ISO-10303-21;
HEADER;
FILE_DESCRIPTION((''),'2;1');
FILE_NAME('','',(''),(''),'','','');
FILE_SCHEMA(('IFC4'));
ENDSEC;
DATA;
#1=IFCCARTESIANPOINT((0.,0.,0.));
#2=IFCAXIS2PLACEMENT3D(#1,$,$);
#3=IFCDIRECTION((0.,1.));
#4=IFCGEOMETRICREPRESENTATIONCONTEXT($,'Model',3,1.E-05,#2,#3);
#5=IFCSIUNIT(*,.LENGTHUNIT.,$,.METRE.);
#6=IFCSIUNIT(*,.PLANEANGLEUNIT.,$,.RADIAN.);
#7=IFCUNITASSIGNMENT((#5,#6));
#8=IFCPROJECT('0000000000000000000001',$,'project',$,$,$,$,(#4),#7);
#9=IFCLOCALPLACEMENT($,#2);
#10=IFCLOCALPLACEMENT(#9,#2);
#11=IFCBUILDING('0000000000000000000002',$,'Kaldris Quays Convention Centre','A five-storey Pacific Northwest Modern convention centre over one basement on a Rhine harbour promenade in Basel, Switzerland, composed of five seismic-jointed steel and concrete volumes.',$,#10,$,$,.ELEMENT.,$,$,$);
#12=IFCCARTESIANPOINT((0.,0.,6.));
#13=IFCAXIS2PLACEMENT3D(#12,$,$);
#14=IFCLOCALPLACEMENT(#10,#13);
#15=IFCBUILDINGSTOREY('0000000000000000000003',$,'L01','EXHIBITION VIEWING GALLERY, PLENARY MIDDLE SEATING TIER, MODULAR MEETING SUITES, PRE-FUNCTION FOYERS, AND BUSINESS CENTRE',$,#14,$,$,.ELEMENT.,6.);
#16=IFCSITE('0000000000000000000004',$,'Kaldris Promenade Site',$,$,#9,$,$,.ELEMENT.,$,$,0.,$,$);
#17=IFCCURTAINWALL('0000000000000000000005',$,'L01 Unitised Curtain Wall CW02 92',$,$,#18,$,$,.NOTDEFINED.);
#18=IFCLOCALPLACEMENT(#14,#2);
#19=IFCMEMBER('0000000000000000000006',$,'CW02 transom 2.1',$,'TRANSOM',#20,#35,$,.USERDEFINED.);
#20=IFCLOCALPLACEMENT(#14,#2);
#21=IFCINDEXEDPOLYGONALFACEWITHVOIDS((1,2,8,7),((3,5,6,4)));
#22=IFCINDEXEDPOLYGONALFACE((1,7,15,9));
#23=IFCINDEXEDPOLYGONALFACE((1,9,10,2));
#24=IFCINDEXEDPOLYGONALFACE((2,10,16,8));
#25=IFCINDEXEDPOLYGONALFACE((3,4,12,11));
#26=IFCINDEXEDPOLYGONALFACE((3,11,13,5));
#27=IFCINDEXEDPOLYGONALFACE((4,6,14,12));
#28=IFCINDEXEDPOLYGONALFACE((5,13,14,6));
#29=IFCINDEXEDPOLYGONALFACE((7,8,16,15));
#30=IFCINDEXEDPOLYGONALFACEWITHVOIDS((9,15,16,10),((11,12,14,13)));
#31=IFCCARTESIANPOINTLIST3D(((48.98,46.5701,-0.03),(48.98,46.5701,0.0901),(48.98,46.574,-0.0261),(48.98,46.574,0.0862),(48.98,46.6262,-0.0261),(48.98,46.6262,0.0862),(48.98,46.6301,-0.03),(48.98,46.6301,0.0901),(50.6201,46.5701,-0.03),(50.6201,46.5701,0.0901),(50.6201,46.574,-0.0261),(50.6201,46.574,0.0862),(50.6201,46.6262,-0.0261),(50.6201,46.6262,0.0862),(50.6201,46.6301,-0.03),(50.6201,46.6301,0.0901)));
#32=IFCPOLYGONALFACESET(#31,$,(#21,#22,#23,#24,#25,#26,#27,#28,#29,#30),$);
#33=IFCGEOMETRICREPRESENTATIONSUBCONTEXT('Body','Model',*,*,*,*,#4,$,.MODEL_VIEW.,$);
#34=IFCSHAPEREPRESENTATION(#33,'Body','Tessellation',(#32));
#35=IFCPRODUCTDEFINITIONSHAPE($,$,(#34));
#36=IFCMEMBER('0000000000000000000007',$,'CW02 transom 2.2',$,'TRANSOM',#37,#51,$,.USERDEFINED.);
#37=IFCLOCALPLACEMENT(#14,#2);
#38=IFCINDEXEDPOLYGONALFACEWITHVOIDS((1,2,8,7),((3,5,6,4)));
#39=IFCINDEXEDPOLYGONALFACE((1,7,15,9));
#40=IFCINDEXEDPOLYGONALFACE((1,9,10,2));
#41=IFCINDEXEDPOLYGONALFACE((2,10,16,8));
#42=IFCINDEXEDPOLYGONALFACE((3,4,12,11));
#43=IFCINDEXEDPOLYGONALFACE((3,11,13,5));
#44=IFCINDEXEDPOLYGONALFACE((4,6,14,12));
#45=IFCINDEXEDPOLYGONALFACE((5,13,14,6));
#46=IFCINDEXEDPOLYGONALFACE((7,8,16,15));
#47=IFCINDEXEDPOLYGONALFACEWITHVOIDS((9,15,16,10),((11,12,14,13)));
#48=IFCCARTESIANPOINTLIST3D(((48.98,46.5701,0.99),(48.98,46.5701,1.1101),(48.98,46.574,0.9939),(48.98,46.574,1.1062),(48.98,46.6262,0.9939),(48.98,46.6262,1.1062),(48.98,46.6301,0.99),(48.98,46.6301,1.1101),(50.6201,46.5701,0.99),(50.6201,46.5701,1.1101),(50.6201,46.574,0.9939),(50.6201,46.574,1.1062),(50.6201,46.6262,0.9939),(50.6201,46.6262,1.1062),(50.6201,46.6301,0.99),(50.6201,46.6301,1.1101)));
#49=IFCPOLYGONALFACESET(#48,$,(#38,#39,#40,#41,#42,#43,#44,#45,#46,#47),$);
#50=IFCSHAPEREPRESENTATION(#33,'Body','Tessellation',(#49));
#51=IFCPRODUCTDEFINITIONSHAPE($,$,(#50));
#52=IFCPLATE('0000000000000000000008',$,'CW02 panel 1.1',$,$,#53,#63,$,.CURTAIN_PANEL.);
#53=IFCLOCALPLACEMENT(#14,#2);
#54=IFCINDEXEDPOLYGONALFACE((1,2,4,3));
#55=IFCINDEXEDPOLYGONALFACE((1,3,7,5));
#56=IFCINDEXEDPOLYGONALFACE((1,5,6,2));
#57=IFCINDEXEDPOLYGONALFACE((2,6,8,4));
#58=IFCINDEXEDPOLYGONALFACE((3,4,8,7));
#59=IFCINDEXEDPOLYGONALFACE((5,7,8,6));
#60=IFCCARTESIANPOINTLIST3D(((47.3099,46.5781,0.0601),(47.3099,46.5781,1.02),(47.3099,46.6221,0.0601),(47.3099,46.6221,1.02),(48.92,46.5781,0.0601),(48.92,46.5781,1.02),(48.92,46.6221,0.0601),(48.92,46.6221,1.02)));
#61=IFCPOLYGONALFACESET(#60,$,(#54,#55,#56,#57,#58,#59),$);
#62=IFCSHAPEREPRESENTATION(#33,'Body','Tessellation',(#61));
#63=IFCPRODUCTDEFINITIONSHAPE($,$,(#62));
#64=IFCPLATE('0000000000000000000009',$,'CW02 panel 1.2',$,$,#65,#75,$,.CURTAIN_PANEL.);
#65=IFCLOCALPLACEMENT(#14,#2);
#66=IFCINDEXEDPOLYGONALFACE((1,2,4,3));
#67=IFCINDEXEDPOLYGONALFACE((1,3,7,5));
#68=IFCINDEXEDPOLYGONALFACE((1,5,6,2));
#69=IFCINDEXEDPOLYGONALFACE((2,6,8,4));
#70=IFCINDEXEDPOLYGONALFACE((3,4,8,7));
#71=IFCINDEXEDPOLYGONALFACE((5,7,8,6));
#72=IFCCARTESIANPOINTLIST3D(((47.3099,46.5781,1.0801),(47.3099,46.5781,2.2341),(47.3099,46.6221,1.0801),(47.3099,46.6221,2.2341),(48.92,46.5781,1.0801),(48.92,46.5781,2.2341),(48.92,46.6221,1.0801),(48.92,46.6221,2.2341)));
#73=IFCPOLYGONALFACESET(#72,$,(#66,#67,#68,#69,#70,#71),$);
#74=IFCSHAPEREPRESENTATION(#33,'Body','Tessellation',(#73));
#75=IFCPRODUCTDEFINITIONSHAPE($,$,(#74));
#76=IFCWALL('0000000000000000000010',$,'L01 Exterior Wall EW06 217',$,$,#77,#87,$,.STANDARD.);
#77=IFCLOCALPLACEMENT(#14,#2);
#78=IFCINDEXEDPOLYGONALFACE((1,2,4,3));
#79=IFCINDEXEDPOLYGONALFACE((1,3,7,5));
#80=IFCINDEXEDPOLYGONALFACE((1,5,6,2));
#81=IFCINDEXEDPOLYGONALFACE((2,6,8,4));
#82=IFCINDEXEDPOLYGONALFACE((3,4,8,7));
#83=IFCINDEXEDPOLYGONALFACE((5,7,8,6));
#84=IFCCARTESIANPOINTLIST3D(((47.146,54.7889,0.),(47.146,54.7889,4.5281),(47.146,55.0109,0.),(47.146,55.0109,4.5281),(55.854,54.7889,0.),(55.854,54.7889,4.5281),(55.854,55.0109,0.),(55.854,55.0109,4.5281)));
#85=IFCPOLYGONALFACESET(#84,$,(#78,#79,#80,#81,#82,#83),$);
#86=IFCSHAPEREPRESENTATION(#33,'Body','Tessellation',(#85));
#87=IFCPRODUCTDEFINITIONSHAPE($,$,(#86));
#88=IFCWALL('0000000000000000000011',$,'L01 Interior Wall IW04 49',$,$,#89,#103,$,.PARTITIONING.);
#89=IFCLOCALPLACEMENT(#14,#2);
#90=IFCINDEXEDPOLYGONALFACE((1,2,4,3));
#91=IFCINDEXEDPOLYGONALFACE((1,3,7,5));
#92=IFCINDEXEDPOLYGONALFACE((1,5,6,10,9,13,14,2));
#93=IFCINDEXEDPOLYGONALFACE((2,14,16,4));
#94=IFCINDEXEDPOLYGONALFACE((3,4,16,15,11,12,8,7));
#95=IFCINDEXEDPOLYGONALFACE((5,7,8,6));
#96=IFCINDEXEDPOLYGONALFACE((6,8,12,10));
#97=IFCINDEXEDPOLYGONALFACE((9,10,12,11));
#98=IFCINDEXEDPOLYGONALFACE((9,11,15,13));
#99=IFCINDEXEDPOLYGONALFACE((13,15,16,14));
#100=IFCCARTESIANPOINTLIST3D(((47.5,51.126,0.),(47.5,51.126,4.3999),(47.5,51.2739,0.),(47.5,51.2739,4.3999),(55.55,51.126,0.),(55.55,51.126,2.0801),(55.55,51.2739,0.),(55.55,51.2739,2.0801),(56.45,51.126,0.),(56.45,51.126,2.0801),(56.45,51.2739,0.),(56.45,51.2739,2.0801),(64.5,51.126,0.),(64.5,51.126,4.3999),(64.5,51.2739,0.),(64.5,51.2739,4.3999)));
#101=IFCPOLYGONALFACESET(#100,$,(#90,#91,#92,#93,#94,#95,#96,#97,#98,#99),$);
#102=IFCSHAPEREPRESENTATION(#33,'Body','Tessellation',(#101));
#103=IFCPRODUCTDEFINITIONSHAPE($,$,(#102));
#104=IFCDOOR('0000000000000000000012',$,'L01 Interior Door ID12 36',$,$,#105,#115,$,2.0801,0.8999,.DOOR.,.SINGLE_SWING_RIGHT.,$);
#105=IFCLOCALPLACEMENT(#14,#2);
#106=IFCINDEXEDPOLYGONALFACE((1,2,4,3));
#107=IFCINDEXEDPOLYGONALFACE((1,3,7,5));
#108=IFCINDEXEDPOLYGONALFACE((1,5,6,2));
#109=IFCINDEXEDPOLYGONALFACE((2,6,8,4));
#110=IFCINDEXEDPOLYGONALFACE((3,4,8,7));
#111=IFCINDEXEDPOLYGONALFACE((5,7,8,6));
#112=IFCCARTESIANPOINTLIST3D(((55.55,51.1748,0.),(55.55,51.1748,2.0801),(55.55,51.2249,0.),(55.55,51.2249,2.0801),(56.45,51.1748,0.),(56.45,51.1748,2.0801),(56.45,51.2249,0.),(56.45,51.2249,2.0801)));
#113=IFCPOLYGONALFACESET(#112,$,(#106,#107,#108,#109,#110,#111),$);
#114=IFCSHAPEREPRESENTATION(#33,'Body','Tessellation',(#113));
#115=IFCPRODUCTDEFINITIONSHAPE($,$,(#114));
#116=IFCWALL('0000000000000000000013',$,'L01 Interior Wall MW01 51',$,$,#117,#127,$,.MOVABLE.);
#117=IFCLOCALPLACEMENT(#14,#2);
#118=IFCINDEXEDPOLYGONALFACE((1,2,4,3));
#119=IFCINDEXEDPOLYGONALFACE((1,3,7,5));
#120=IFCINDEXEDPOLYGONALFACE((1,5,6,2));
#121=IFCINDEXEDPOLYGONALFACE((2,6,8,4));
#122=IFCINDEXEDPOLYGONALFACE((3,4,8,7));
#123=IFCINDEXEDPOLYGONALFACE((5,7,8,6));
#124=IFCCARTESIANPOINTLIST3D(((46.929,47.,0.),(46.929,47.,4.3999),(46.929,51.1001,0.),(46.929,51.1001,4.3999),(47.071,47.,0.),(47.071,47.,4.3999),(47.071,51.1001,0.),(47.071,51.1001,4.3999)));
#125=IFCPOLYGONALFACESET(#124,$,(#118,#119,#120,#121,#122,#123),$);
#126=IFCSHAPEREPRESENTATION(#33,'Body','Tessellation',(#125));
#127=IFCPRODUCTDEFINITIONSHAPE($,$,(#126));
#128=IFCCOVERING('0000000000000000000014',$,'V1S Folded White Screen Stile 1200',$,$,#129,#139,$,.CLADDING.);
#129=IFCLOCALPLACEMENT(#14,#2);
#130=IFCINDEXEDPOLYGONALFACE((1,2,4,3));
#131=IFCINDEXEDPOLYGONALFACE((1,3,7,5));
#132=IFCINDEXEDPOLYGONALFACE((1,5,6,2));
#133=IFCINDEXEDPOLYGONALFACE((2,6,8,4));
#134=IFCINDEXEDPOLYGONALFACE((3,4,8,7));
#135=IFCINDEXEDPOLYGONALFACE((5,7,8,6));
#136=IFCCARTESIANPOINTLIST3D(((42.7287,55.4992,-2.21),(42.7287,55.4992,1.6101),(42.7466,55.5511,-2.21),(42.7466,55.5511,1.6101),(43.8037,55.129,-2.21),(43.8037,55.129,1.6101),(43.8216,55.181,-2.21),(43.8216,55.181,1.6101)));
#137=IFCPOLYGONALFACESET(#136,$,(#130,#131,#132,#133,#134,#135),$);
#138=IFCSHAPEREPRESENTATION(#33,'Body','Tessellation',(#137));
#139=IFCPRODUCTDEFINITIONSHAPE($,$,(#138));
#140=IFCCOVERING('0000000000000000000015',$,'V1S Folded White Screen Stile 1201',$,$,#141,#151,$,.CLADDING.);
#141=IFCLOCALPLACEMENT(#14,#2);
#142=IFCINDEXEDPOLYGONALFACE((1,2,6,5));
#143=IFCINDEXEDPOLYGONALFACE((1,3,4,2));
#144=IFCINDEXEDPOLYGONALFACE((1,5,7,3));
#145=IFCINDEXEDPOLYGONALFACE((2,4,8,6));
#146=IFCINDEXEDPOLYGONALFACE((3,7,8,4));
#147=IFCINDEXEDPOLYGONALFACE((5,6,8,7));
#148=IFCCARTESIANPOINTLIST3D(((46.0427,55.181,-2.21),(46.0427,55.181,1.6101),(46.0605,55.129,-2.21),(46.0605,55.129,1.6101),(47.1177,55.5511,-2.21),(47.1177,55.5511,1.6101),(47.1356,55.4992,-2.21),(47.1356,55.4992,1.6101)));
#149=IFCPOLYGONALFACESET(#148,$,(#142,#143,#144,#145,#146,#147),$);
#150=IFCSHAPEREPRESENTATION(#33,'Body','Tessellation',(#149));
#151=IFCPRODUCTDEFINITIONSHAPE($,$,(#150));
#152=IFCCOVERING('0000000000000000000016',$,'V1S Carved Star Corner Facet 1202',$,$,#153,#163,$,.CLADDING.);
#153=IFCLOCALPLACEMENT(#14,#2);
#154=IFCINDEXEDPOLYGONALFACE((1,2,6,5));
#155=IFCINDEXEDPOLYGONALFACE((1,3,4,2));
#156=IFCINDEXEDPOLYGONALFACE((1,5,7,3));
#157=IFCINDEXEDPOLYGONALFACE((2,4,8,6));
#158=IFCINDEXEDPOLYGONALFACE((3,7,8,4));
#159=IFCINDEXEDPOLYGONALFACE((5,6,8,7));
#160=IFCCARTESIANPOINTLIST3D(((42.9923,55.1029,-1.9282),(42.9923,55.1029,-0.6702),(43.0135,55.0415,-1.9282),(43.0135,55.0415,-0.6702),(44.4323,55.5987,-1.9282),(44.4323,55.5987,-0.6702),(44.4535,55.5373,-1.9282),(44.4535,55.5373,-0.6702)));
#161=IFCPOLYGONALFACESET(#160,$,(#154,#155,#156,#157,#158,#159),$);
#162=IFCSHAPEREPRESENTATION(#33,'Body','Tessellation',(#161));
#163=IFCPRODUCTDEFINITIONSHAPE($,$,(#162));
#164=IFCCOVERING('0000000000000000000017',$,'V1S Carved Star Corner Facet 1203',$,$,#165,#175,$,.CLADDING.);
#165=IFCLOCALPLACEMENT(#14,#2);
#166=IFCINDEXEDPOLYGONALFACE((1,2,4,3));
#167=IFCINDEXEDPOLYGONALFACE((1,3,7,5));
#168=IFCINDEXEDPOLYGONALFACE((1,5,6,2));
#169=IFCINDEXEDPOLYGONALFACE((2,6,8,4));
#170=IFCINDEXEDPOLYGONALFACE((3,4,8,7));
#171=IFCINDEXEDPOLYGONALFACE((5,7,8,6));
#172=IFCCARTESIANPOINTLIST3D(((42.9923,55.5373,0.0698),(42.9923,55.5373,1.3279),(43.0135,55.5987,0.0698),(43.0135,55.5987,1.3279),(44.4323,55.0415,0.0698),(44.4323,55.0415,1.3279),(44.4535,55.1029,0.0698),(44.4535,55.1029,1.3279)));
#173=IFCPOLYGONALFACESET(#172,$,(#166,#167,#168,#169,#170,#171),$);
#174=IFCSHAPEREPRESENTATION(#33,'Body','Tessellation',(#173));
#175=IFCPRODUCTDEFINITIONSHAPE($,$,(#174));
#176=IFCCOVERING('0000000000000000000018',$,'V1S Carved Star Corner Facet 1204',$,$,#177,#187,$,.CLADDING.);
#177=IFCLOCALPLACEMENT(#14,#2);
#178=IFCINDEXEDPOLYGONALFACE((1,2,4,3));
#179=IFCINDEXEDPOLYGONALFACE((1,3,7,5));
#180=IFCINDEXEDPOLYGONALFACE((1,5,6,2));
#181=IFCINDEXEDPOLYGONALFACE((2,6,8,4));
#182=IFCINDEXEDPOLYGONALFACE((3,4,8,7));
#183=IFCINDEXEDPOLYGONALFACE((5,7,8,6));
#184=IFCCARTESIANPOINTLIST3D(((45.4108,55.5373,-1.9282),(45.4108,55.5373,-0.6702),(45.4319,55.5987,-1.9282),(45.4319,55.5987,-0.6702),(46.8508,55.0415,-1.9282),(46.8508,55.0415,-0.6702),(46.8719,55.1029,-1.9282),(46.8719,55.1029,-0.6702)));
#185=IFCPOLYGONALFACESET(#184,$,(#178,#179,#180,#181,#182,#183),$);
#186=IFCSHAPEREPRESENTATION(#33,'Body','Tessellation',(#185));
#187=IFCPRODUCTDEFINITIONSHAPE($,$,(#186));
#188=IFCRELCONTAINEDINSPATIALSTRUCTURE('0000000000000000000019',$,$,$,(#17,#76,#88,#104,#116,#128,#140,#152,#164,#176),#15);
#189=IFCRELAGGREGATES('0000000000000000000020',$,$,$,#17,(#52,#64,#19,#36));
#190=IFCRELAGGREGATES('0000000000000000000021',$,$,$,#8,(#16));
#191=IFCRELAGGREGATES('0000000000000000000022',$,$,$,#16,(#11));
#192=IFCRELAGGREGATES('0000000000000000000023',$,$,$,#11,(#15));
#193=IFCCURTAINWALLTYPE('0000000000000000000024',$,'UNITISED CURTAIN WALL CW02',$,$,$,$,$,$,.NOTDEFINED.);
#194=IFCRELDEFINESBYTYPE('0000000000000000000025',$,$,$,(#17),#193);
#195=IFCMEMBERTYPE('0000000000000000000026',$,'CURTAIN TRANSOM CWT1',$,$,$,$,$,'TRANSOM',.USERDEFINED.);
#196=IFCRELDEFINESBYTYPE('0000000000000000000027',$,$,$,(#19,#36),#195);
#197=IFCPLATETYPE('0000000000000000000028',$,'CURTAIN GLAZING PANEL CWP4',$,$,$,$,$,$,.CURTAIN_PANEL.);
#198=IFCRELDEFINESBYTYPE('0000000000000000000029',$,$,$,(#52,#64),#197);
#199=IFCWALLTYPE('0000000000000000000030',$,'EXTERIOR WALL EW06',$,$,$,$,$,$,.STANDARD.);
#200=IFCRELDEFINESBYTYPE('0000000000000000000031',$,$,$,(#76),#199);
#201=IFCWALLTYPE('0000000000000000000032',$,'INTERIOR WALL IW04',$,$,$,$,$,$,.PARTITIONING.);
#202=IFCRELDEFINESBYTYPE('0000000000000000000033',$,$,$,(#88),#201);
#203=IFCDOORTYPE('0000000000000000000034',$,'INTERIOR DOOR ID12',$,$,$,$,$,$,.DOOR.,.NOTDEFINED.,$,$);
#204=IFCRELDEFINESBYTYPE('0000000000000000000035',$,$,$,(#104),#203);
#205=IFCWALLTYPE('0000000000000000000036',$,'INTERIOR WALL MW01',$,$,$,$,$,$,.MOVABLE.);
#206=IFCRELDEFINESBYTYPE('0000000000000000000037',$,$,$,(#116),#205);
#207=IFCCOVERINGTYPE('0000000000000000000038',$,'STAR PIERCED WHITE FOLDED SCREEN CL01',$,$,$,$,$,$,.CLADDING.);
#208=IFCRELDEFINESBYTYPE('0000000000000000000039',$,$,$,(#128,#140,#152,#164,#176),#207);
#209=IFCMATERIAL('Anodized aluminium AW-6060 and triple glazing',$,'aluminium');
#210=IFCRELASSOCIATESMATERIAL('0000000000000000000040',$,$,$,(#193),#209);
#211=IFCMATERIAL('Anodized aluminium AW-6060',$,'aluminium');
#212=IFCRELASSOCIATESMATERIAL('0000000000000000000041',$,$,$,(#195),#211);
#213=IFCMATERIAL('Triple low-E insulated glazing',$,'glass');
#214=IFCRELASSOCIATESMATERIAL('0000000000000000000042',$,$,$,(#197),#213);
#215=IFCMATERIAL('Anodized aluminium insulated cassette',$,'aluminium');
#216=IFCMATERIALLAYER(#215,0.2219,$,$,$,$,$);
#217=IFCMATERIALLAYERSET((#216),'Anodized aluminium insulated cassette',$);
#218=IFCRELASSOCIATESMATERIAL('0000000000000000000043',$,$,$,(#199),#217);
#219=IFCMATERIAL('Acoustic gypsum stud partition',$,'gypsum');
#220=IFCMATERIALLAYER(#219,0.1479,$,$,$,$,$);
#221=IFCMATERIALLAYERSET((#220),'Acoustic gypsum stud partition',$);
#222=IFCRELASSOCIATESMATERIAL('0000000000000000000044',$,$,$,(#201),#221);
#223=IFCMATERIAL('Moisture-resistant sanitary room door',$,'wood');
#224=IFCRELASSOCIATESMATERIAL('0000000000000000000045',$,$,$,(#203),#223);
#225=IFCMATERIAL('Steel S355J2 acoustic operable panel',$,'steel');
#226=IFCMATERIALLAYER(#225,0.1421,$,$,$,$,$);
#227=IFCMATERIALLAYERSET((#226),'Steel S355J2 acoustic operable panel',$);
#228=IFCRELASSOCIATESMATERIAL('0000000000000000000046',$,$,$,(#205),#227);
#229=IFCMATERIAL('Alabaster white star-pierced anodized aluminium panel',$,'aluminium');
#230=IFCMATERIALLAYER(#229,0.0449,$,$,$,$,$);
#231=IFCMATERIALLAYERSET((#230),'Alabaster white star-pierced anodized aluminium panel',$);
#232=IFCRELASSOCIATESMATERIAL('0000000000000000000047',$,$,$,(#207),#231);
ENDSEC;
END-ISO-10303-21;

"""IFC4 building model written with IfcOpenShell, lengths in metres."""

from ifc_helpers import new_model, si_unit, direction, frame, frame_2d, origin, origin_2d, place, context, subcontext, project, spatial, rectangle, hollow_rectangle, extrude, material, layer, layer_set, material_profile, profile_set, type_object, element, fill, aggregate, save


model = new_model("IFC4")

# Units and contexts
model_context = context("Model", 3, precision=1e-05, world=origin(), true_north=direction((0.0, 1.0)))
body_context = subcontext(model_context, "Body", "Model", "MODEL_VIEW")
ifc_project = project(units=[si_unit("LENGTHUNIT", "METRE"), si_unit("PLANEANGLEUNIT", "RADIAN")], contexts=[model_context])

# Site, building, storey
site_placement = place(None, origin())
site = spatial("IfcSite", under=ifc_project, at=site_placement, Name="Kaldris Promenade Site", CompositionType="ELEMENT", RefElevation=0.0)
building_placement = place(site_placement, origin())
building = spatial("IfcBuilding", under=site, at=building_placement, Name="Kaldris Quays Convention Centre", Description="A five-storey Pacific Northwest Modern convention centre over one basement on a Rhine harbour promenade in Basel, Switzerland, composed of five seismic-jointed steel and concrete volumes.", CompositionType="ELEMENT")
storey_placement = place(building_placement, frame((0.0, 0.0, 6.0)))
storey = spatial("IfcBuildingStorey", under=building, at=storey_placement, Name="L01", Description="EXHIBITION VIEWING GALLERY, PLENARY MIDDLE SEATING TIER, MODULAR MEETING SUITES, PRE-FUNCTION FOYERS, AND BUSINESS CENTRE", CompositionType="ELEMENT", Elevation=6.0)

# Shared definitions
ifc_material_1 = material(Name="Anodized aluminium AW-6060 and triple glazing", Category="aluminium")
curtain_wall_type = type_object("IfcCurtainWallType", Name="UNITISED CURTAIN WALL CW02", PredefinedType="NOTDEFINED", material=ifc_material_1)
ifc_material_2 = material(Name="Anodized aluminium AW-6060", Category="aluminium")

# Curtain wall, members, plates
curtain_wall_1_placement = place(storey_placement, origin())
curtain_wall_1 = element("IfcCurtainWall", 1, at=curtain_wall_1_placement, inside=storey, type_object=curtain_wall_type, Name="L01 Unitised Curtain Wall CW02 92", PredefinedType="NOTDEFINED")
ifc_material_profile_1 = material_profile(ifc_material_2, hollow_rectangle(XDim=0.0601, YDim=0.1201, WallThickness=0.0039, at=origin_2d()), Name="RHS 120x60x4")
ifc_profile_set_1 = profile_set([ifc_material_profile_1], Name="Anodized aluminium AW-6060")
member_type_1 = type_object("IfcMemberType", Name="CURTAIN TRANSOM CWT1", ElementType="TRANSOM", PredefinedType="USERDEFINED", material=ifc_profile_set_1)
member_1_placement = place(storey_placement, frame((48.98, 46.6001, 0.03), z_axis=(1.0, 0.0, 0.0), x_axis=(0.0, 1.0, 0.0)))
member_1 = element("IfcMember", 2, at=member_1_placement, type_object=member_type_1, Name="CW02 transom 2.1", ObjectType="TRANSOM", PredefinedType="USERDEFINED", context=body_context, shape_type="SweptSolid", body=[
    extrude(hollow_rectangle(XDim=0.0601, YDim=0.1201, WallThickness=0.0039, at=origin_2d()), origin(), (0.0, 0.0, 1.0), 1.6401),
])
member_2_placement = place(storey_placement, frame((48.98, 46.6001, 1.05), z_axis=(1.0, 0.0, 0.0), x_axis=(0.0, 1.0, 0.0)))
member_2 = element("IfcMember", 3, at=member_2_placement, type_object=member_type_1, Name="CW02 transom 2.2", ObjectType="TRANSOM", PredefinedType="USERDEFINED", context=body_context, shape_type="SweptSolid", body=[
    extrude(hollow_rectangle(XDim=0.0601, YDim=0.1201, WallThickness=0.0039, at=origin_2d()), origin(), (0.0, 0.0, 1.0), 1.6401),
])
ifc_material_3 = material(Name="Triple low-E insulated glazing", Category="glass")
plate_type = type_object("IfcPlateType", Name="CURTAIN GLAZING PANEL CWP4", PredefinedType="CURTAIN_PANEL", material=ifc_material_3)
plate_1_placement = place(storey_placement, frame((48.115, 46.6001, 0.0601), z_axis=(0.0, 0.0, 1.0), x_axis=(1.0, 0.0, 0.0)))
plate_1 = element("IfcPlate", 4, at=plate_1_placement, type_object=plate_type, Name="CW02 panel 1.1", PredefinedType="CURTAIN_PANEL", context=body_context, shape_type="SweptSolid", body=[
    extrude(rectangle(XDim=1.6101, YDim=0.0439, at=origin_2d()), origin(), (0.0, 0.0, 1.0), 0.96),
])
plate_2_placement = place(storey_placement, frame((48.115, 46.6001, 1.0801), z_axis=(0.0, 0.0, 1.0), x_axis=(1.0, 0.0, 0.0)))
plate_2 = element("IfcPlate", 5, at=plate_2_placement, type_object=plate_type, Name="CW02 panel 1.2", PredefinedType="CURTAIN_PANEL", context=body_context, shape_type="SweptSolid", body=[
    extrude(rectangle(XDim=1.6101, YDim=0.0439, at=origin_2d()), origin(), (0.0, 0.0, 1.0), 1.1541),
])
aggregate(curtain_wall_1, [plate_1, plate_2, member_1, member_2])

# Wall
ifc_material_4 = material(Name="Anodized aluminium insulated cassette", Category="aluminium")
ifc_layer_1 = layer(ifc_material_4, 0.2219)
ifc_layer_set_1 = layer_set([ifc_layer_1], Name="Anodized aluminium insulated cassette")
wall_type_1 = type_object("IfcWallType", Name="EXTERIOR WALL EW06", PredefinedType="STANDARD", material=ifc_layer_set_1)
wall_1_placement = place(storey_placement, frame((47.146, 54.8999, 0.0), z_axis=(0.0, 0.0, 1.0), x_axis=(1.0, 0.0, 0.0)))
element("IfcWall", 6, at=wall_1_placement, inside=storey, type_object=wall_type_1, Name="L01 Exterior Wall EW06 217", PredefinedType="STANDARD", context=body_context, shape_type="SweptSolid", body=[
    extrude(rectangle(XDim=8.708, YDim=0.2219, at=frame_2d((4.354, 0.0))), origin(), (0.0, 0.0, 1.0), 4.5281),
])

# Wall, opening, door
ifc_material_5 = material(Name="Acoustic gypsum stud partition", Category="gypsum")
ifc_layer_2 = layer(ifc_material_5, 0.1479)
ifc_layer_set_2 = layer_set([ifc_layer_2], Name="Acoustic gypsum stud partition")
wall_type_2 = type_object("IfcWallType", Name="INTERIOR WALL IW04", PredefinedType="PARTITIONING", material=ifc_layer_set_2)
wall_2_placement = place(storey_placement, frame((47.5, 51.2, 0.0), z_axis=(0.0, 0.0, 1.0), x_axis=(1.0, 0.0, 0.0)))
wall_2 = element("IfcWall", 7, at=wall_2_placement, inside=storey, type_object=wall_type_2, Name="L01 Interior Wall IW04 49", PredefinedType="PARTITIONING", context=body_context, shape_type="SweptSolid", body=[
    extrude(rectangle(XDim=17.0, YDim=0.1479, at=frame_2d((8.5, 0.0))), origin(), (0.0, 0.0, 1.0), 4.3999),
])
opening_placement = place(wall_2_placement, frame((8.05, 0.0, 0.0)))
opening = element("IfcOpeningElement", 8, at=opening_placement, cuts=wall_2, PredefinedType="OPENING", context=body_context, shape_type="SweptSolid", body=[
    extrude(rectangle(XDim=0.8999, YDim=2.0801, at=frame_2d((0.45, 1.04))), frame((0.0, 0.084, 0.0), z_axis=(0.0, -1.0, 0.0), x_axis=(1.0, 0.0, 0.0)), (0.0, 0.0, 1.0), 0.168),
])
ifc_material_6 = material(Name="Moisture-resistant sanitary room door", Category="wood")
door_type = type_object("IfcDoorType", Name="INTERIOR DOOR ID12", OperationType="NOTDEFINED", PredefinedType="DOOR", material=ifc_material_6)
door_placement = place(opening_placement, origin())
door = element("IfcDoor", 9, at=door_placement, inside=storey, type_object=door_type, Name="L01 Interior Door ID12 36", OperationType="SINGLE_SWING_RIGHT", OverallHeight=2.0801, OverallWidth=0.8999, PredefinedType="DOOR", context=body_context, shape_type="SweptSolid", body=[
    extrude(rectangle(XDim=0.8999, YDim=2.0801, at=frame_2d((0.45, 1.04))), frame((0.0, 0.0249, 0.0), z_axis=(0.0, -1.0, 0.0), x_axis=(1.0, 0.0, 0.0)), (0.0, 0.0, 1.0), 0.05),
])
fill(opening, door)

# Wall
ifc_material_7 = material(Name="Steel S355J2 acoustic operable panel", Category="steel")
ifc_layer_3 = layer(ifc_material_7, 0.1421)
ifc_layer_set_3 = layer_set([ifc_layer_3], Name="Steel S355J2 acoustic operable panel")
wall_type_3 = type_object("IfcWallType", Name="INTERIOR WALL MW01", PredefinedType="MOVABLE", material=ifc_layer_set_3)
wall_3_placement = place(storey_placement, frame((47.0, 47.0, 0.0), z_axis=(0.0, 0.0, 1.0), x_axis=(0.0, 1.0, 0.0)))
element("IfcWall", 10, at=wall_3_placement, inside=storey, type_object=wall_type_3, Name="L01 Interior Wall MW01 51", PredefinedType="MOVABLE", context=body_context, shape_type="SweptSolid", body=[
    extrude(rectangle(XDim=4.1001, YDim=0.1421, at=frame_2d((2.05, 0.0))), origin(), (0.0, 0.0, 1.0), 4.3999),
])

# Coverings
ifc_material_8 = material(Name="Alabaster white star-pierced anodized aluminium panel", Category="aluminium")
ifc_layer_4 = layer(ifc_material_8, 0.0449)
ifc_layer_set_4 = layer_set([ifc_layer_4], Name="Alabaster white star-pierced anodized aluminium panel")
covering_type = type_object("IfcCoveringType", Name="STAR PIERCED WHITE FOLDED SCREEN CL01", PredefinedType="CLADDING", material=ifc_layer_set_4)
for number, where, z_axis, x_axis, name in (
    (11, (43.2751, 55.3401, -2.21), (0.0, 0.0, 1.0), (0.945519, -0.325568, 0.0), "V1S Folded White Screen Stile 1200"),
    (12, (46.5891, 55.3401, -2.21), (0.0, 0.0, 1.0), (0.945519, 0.325568, 0.0), "V1S Folded White Screen Stile 1201"),
):
    element("IfcCovering", number, at=place(storey_placement, frame(where, z_axis=z_axis, x_axis=x_axis)), inside=storey, type_object=covering_type, Name=name, PredefinedType="CLADDING", context=body_context, shape_type="SweptSolid", body=[
        extrude(rectangle(XDim=1.137, YDim=0.0549, at=origin_2d()), origin(), (0.0, 0.0, 1.0), 3.8201),
    ])
for number, where, z_axis, x_axis, name in (
    (13, (43.7229, 55.3201, -1.9282), (0.0, 0.0, 1.0), (0.945519, 0.325568, 0.0), "V1S Carved Star Corner Facet 1202"),
    (14, (43.7229, 55.3201, 0.0698), (0.0, 0.0, 1.0), (0.945519, -0.325568, 0.0), "V1S Carved Star Corner Facet 1203"),
    (15, (46.1414, 55.3201, -1.9282), (0.0, 0.0, 1.0), (0.945519, -0.325568, 0.0), "V1S Carved Star Corner Facet 1204"),
):
    element("IfcCovering", number, at=place(storey_placement, frame(where, z_axis=z_axis, x_axis=x_axis)), inside=storey, type_object=covering_type, Name=name, PredefinedType="CLADDING", context=body_context, shape_type="SweptSolid", body=[
        extrude(rectangle(XDim=1.5229, YDim=0.0649, at=origin_2d()), origin(), (0.0, 0.0, 1.0), 1.2581),
    ])

save(model, "model.ifc")
